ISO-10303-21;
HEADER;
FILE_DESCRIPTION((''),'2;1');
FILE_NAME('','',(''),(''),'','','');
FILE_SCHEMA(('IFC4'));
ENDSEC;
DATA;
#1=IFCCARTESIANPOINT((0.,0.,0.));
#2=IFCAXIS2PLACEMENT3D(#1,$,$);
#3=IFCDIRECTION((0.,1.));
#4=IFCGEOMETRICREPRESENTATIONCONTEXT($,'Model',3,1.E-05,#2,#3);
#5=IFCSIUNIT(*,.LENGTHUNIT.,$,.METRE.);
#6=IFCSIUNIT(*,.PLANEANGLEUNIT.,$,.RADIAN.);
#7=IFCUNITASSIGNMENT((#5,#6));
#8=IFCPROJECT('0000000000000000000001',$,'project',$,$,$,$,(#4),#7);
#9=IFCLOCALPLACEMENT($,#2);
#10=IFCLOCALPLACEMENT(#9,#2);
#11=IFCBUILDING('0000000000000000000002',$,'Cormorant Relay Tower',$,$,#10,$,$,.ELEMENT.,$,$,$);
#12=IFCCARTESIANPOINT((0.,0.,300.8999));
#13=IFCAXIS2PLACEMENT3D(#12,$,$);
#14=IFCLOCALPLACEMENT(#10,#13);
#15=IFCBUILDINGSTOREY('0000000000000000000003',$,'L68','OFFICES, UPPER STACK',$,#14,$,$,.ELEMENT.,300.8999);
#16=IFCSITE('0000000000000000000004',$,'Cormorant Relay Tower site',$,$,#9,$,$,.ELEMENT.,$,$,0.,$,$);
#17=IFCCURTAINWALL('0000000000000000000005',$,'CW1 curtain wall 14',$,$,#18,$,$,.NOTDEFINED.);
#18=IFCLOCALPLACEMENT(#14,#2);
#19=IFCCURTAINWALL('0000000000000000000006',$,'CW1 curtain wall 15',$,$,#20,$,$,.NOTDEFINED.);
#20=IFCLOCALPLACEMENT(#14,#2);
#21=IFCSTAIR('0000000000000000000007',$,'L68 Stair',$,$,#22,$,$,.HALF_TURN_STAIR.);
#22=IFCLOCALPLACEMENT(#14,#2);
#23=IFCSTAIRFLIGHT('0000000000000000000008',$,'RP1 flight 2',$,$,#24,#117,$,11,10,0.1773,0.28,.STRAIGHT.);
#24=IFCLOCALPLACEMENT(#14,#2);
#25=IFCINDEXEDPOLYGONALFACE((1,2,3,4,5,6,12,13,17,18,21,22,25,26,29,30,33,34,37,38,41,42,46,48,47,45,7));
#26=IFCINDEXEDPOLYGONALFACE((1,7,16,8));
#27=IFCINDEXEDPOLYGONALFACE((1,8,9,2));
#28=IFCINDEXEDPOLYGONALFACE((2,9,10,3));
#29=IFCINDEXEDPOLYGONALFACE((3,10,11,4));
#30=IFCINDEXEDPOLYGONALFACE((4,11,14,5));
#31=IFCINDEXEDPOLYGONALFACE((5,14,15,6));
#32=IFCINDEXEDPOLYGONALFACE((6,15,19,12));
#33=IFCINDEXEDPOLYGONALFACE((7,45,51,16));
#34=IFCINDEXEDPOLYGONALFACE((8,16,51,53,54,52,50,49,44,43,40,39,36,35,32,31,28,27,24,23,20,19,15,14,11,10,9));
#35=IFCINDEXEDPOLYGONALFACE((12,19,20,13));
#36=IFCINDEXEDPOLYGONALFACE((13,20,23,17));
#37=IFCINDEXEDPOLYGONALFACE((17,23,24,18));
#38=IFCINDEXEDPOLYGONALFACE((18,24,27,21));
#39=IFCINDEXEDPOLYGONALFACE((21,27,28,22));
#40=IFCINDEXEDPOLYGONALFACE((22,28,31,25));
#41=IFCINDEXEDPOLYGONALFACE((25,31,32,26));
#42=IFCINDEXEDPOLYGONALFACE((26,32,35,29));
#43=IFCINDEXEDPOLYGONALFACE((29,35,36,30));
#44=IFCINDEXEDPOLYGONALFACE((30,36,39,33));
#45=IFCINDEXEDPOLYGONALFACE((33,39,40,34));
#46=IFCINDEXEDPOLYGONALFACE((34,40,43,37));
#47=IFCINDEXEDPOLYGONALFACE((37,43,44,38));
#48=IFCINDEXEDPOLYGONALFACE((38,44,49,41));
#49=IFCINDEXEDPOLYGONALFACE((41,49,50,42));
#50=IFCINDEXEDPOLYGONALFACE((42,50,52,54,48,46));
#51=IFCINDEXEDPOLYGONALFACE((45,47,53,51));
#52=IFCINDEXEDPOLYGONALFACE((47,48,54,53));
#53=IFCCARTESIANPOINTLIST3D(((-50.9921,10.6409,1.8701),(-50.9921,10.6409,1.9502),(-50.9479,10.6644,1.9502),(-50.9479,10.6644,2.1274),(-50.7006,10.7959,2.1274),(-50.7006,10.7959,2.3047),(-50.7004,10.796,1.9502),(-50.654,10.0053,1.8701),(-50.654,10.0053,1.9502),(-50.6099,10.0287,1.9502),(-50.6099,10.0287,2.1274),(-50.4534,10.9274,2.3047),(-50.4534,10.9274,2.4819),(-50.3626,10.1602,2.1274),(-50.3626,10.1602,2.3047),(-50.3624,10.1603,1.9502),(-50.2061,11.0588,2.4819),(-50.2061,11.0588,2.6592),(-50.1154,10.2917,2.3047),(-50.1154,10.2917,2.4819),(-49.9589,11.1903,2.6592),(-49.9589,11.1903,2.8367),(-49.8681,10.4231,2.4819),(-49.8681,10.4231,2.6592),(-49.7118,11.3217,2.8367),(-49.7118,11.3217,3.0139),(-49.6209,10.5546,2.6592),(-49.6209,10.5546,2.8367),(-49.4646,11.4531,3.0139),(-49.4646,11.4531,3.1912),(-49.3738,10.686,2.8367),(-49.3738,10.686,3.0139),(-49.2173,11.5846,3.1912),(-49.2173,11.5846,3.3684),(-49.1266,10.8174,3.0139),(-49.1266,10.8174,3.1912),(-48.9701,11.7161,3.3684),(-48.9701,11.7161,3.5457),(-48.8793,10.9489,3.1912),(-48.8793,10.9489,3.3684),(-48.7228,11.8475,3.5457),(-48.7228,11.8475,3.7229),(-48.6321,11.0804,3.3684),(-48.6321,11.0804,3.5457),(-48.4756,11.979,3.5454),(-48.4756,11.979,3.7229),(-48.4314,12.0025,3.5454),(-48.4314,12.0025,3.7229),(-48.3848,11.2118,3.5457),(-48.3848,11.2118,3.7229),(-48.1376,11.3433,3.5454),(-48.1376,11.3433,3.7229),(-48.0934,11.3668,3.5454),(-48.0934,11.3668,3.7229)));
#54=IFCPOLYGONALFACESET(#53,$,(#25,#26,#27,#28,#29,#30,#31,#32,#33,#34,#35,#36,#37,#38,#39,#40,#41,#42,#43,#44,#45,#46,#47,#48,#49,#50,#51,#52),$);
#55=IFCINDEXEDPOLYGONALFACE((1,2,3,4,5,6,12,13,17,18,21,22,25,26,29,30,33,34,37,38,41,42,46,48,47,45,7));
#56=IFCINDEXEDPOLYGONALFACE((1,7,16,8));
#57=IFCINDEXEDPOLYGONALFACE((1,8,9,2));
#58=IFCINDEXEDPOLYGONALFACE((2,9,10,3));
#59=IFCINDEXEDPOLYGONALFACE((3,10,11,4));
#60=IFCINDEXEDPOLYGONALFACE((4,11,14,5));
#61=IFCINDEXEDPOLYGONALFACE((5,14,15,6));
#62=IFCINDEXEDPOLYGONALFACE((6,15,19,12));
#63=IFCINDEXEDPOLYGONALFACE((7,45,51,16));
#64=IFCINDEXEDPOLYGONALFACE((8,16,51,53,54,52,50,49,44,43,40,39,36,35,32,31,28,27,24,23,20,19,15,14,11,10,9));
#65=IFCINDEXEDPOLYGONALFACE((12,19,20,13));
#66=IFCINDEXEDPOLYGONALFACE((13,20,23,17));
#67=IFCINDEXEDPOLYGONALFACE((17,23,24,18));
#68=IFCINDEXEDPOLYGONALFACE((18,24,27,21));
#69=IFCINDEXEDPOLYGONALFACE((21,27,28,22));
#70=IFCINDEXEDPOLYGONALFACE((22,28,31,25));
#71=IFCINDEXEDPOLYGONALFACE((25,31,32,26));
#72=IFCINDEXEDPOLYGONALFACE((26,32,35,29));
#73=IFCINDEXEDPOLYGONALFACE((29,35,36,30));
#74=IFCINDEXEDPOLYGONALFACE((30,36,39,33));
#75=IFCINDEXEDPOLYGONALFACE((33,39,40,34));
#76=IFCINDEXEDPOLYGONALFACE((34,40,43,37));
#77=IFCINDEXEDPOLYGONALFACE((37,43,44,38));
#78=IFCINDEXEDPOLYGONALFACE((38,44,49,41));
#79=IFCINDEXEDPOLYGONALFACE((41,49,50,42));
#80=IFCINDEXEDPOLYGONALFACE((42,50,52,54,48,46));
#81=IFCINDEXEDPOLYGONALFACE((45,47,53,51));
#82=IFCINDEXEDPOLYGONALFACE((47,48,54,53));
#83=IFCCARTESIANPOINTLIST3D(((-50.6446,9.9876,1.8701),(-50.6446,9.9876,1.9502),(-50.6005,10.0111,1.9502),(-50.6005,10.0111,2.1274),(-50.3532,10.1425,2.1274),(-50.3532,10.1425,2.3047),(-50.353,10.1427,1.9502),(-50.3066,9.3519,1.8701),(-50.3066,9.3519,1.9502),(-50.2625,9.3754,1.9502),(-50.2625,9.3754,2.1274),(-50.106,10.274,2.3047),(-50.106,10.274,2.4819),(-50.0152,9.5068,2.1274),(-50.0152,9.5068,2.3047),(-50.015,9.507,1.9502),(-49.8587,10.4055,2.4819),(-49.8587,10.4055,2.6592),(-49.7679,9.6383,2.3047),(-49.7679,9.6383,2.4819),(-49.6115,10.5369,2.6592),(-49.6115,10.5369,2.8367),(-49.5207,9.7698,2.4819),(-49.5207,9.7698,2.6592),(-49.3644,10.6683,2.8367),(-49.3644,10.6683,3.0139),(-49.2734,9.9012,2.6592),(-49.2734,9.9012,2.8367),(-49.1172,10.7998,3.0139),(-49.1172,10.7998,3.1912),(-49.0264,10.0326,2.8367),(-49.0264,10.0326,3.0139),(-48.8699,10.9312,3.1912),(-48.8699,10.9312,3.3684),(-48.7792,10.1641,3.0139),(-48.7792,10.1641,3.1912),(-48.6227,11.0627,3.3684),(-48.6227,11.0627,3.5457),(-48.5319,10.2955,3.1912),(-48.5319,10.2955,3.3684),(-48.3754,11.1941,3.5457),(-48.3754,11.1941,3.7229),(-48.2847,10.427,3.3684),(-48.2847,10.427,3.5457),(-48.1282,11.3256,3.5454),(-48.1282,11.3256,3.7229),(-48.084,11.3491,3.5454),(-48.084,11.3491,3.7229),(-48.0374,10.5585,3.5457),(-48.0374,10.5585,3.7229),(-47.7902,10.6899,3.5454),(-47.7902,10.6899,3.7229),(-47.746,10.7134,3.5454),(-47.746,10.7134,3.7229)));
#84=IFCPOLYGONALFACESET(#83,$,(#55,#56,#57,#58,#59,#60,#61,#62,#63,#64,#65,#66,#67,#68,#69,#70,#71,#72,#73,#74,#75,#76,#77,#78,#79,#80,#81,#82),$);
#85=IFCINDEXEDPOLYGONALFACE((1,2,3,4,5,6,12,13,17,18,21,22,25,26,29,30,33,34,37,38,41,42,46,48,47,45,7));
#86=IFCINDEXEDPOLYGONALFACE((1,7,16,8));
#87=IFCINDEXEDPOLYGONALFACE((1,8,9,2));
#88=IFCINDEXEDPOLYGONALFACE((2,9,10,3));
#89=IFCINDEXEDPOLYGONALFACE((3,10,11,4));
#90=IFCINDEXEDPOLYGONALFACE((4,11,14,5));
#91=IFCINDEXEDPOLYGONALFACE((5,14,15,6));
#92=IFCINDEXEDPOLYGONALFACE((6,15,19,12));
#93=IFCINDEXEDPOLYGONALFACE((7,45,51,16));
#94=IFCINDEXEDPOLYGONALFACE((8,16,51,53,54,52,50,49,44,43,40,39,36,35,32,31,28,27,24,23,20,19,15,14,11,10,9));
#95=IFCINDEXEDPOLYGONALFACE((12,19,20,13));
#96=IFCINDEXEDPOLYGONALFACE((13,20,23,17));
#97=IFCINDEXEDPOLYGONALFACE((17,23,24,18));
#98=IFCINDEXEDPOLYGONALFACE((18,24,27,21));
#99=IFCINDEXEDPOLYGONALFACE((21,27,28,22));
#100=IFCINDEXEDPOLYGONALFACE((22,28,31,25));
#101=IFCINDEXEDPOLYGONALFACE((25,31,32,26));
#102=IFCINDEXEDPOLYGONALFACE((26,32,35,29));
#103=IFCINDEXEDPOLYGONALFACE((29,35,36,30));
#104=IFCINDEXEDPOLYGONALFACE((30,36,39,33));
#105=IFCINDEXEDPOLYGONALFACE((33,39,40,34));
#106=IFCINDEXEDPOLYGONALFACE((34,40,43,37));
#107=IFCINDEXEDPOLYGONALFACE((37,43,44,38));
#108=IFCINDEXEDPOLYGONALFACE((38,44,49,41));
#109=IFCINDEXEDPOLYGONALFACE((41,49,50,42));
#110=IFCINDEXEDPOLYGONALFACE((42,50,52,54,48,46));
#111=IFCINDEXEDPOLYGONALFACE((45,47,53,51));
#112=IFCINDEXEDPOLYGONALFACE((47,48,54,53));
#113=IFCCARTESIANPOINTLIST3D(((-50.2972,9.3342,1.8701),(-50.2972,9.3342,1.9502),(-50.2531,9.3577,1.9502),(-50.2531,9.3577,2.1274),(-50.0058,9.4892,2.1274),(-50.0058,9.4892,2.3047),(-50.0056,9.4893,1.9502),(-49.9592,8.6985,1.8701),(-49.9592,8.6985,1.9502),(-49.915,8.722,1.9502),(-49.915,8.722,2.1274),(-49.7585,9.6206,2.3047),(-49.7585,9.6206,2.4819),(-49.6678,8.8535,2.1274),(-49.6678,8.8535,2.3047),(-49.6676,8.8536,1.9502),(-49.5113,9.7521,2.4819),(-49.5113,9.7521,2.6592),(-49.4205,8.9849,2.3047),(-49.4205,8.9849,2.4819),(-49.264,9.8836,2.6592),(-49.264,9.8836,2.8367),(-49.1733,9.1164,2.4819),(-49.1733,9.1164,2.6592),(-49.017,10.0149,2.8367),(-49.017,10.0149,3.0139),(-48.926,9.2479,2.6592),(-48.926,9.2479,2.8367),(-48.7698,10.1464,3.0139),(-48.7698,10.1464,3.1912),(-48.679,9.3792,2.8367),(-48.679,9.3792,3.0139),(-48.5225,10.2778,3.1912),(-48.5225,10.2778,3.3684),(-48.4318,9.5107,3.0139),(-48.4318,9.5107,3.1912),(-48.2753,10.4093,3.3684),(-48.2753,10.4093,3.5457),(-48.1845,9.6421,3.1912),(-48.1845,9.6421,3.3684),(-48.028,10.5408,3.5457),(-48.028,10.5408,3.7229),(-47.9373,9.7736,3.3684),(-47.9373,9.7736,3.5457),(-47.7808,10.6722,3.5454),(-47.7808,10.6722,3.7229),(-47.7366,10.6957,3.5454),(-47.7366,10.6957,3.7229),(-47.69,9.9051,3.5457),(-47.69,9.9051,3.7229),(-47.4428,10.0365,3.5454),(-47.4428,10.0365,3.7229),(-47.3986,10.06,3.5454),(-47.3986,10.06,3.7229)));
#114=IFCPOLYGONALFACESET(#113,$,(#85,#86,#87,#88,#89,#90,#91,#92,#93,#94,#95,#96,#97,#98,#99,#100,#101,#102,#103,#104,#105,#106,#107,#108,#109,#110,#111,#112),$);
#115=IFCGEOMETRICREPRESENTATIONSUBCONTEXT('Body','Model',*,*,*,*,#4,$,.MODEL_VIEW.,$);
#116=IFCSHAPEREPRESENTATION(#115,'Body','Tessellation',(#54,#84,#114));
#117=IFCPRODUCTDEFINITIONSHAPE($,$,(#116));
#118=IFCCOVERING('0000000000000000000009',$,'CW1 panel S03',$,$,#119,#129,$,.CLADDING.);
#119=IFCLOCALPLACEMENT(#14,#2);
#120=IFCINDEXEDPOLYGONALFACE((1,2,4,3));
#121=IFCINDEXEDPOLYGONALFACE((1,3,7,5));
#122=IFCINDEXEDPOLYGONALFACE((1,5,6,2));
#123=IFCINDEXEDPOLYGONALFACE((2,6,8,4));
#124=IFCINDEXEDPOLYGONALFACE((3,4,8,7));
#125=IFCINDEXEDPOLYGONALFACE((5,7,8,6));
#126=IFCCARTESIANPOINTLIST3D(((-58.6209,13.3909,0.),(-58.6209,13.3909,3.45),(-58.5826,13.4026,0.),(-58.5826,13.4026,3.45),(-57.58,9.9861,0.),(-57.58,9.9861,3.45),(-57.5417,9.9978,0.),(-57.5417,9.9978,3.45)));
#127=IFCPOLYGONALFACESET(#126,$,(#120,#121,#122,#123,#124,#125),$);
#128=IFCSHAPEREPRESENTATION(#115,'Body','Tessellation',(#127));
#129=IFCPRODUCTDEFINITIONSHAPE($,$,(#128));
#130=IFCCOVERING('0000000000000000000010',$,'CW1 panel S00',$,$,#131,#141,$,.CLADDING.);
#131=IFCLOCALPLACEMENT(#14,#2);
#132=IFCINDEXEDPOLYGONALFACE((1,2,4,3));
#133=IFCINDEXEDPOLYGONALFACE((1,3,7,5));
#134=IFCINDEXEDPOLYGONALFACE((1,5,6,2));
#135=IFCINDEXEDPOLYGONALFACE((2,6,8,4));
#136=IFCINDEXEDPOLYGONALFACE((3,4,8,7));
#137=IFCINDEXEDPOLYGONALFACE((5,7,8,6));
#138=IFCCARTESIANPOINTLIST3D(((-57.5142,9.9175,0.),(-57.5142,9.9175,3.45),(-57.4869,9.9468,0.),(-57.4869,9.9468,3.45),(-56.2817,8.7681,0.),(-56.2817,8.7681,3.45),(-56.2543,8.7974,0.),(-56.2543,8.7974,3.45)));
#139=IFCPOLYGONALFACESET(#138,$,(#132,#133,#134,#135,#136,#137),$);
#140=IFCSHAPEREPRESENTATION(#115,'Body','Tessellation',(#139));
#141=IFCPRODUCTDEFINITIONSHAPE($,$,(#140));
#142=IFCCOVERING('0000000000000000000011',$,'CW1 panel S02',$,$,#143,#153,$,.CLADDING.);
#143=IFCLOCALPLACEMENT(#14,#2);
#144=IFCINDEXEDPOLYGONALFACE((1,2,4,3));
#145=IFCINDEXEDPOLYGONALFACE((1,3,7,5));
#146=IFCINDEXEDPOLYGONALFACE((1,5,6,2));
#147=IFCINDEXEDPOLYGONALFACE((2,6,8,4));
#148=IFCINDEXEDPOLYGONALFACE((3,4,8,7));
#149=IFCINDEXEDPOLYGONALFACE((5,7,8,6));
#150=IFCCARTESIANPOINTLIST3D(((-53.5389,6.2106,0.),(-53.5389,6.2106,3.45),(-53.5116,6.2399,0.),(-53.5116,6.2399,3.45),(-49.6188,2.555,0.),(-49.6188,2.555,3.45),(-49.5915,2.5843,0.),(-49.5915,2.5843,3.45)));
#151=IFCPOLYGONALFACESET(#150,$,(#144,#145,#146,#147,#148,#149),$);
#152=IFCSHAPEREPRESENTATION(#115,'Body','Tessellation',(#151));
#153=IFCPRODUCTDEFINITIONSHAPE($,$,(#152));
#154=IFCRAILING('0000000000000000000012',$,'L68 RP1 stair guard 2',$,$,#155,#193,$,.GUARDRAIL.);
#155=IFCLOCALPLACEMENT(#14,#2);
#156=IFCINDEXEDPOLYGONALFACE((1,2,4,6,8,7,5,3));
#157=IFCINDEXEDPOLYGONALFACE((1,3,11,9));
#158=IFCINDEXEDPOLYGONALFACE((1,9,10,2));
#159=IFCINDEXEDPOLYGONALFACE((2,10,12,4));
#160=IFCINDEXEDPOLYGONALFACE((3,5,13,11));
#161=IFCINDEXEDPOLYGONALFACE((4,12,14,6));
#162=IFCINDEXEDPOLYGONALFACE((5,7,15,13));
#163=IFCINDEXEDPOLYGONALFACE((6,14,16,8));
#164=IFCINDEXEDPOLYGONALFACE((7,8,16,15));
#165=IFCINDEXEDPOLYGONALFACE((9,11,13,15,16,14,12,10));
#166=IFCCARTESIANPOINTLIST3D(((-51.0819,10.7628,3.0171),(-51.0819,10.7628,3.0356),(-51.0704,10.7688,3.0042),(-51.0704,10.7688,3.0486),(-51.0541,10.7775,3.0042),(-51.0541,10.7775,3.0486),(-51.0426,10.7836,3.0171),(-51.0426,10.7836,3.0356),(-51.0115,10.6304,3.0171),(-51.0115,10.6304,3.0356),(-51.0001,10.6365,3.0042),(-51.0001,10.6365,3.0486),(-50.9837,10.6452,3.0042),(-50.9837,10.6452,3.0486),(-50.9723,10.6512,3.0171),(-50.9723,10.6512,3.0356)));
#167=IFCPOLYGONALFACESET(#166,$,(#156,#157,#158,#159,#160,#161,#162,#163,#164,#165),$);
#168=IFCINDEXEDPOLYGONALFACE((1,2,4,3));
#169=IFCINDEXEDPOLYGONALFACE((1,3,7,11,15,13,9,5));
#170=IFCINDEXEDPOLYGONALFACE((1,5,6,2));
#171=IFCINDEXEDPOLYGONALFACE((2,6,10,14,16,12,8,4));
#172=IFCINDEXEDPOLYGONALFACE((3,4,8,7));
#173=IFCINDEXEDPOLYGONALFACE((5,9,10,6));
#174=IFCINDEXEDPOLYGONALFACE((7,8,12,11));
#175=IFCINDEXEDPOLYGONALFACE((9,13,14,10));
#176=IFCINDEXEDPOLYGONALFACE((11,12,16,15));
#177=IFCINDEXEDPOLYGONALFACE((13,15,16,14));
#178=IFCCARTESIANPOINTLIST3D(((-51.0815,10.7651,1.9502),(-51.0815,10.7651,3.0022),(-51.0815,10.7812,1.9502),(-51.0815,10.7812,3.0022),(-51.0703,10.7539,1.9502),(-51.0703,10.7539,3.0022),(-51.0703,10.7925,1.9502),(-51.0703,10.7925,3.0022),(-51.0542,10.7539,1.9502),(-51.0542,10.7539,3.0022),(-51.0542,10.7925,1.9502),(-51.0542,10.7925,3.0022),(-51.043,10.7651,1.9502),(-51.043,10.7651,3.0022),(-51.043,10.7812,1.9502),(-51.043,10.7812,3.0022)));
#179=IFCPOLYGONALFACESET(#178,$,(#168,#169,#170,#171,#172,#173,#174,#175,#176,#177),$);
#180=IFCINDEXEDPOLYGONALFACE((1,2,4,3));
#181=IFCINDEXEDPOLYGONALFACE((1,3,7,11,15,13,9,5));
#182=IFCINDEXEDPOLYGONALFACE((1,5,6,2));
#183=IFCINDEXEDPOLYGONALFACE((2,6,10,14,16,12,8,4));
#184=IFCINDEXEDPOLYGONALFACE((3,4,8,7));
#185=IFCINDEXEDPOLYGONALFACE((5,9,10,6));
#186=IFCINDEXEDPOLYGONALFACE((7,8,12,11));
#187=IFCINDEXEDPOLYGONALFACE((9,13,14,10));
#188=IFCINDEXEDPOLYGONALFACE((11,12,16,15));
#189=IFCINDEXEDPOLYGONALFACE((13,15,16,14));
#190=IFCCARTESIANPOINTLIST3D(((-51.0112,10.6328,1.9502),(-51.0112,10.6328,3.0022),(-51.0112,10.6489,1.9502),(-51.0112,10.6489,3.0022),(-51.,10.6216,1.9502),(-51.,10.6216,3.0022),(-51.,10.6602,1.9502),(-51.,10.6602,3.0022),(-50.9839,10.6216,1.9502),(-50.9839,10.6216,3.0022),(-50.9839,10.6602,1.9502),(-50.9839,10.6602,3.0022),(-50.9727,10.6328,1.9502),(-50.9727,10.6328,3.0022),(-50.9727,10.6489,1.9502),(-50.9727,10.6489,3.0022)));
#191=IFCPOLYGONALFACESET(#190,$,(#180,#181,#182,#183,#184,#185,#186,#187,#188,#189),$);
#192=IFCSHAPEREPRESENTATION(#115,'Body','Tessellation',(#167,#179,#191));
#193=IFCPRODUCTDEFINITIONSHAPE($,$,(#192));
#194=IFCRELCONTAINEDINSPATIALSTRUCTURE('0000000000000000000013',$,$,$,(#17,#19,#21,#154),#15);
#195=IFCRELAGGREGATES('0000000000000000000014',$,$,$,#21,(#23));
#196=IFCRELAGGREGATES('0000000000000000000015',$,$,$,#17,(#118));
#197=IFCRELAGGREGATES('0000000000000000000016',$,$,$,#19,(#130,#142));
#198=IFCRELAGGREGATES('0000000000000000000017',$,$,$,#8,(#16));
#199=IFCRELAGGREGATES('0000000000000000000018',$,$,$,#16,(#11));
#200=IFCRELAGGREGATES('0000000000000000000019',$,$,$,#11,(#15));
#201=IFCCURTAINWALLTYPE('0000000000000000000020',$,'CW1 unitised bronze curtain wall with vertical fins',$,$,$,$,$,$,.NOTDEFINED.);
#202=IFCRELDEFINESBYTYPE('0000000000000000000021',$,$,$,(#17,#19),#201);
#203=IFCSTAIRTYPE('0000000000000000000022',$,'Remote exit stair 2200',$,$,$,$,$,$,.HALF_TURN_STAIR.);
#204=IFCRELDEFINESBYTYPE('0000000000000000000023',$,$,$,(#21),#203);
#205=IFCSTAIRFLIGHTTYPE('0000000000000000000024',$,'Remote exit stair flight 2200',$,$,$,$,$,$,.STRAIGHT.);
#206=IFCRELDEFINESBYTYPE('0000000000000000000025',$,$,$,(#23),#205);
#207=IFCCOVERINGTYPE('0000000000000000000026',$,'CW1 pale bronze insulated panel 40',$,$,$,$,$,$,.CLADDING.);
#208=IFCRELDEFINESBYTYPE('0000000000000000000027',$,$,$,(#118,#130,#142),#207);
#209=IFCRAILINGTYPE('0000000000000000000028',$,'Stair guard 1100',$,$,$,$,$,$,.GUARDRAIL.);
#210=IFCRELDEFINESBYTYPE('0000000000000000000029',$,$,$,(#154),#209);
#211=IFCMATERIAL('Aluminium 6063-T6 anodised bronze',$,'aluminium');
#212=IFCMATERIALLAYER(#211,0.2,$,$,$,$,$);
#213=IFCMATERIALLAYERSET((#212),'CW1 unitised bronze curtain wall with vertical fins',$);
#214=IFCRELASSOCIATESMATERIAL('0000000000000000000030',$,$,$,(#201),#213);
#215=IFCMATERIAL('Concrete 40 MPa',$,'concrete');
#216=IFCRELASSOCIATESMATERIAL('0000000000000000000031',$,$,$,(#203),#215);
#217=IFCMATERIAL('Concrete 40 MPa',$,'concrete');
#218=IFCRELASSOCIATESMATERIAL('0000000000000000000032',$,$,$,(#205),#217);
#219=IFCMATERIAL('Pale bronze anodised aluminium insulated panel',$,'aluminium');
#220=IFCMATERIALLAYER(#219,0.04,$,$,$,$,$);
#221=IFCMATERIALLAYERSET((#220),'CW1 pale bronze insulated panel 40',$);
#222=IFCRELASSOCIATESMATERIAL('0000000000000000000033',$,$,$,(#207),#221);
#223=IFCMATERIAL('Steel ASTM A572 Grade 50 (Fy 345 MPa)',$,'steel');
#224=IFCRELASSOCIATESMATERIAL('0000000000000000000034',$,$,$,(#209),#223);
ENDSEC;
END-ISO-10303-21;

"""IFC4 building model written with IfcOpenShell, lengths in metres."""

from ifc_helpers import new_model, si_unit, direction, frame, origin, origin_2d, place, context, subcontext, project, spatial, polyline, rectangle, outline, extrude, material, layer, layer_set, type_object, element, aggregate, save


model = new_model("IFC4")

# Units and contexts
model_context = context("Model", 3, precision=1e-05, world=origin(), true_north=direction((0.0, 1.0)))
body_context = subcontext(model_context, "Body", "Model", "MODEL_VIEW")
ifc_project = project(units=[si_unit("LENGTHUNIT", "METRE"), si_unit("PLANEANGLEUNIT", "RADIAN")], contexts=[model_context])

# Site, building, storey
site_placement = place(None, origin())
site = spatial("IfcSite", under=ifc_project, at=site_placement, Name="Cormorant Relay Tower site", CompositionType="ELEMENT", RefElevation=0.0)
building_placement = place(site_placement, origin())
building = spatial("IfcBuilding", under=site, at=building_placement, Name="Cormorant Relay Tower", CompositionType="ELEMENT")
storey_placement = place(building_placement, frame((0.0, 0.0, 300.8999)))
storey = spatial("IfcBuildingStorey", under=building, at=storey_placement, Name="L68", Description="OFFICES, UPPER STACK", CompositionType="ELEMENT", Elevation=300.8999)

# Curtain wall
ifc_material_1 = material(Name="Aluminium 6063-T6 anodised bronze", Category="aluminium")
ifc_layer_1 = layer(ifc_material_1, 0.2)
ifc_layer_set_1 = layer_set([ifc_layer_1], Name="CW1 unitised bronze curtain wall with vertical fins")
curtain_wall_type = type_object("IfcCurtainWallType", Name="CW1 unitised bronze curtain wall with vertical fins", PredefinedType="NOTDEFINED", material=ifc_layer_set_1)
curtain_wall_1_placement = place(storey_placement, origin())
curtain_wall_1 = element("IfcCurtainWall", 1, at=curtain_wall_1_placement, inside=storey, type_object=curtain_wall_type, Name="CW1 curtain wall 14", PredefinedType="NOTDEFINED")

# Curtain wall
curtain_wall_2_placement = place(storey_placement, origin())
curtain_wall_2 = element("IfcCurtainWall", 2, at=curtain_wall_2_placement, inside=storey, type_object=curtain_wall_type, Name="CW1 curtain wall 15", PredefinedType="NOTDEFINED")

# Stair, stair flight
ifc_material_2 = material(Name="Concrete 40 MPa", Category="concrete")
stair_type = type_object("IfcStairType", Name="Remote exit stair 2200", PredefinedType="HALF_TURN_STAIR", material=ifc_material_2)
stair_placement = place(storey_placement, origin())
stair = element("IfcStair", 3, at=stair_placement, inside=storey, type_object=stair_type, Name="L68 Stair", PredefinedType="HALF_TURN_STAIR")
ifc_material_3 = material(Name="Concrete 40 MPa", Category="concrete")
stair_flight_type = type_object("IfcStairFlightType", Name="Remote exit stair flight 2200", PredefinedType="STRAIGHT", material=ifc_material_3)
stair_flight_1_placement = place(storey_placement, frame((-50.4314, 9.6931, 1.9502), z_axis=(0.0, 0.0, 1.0), x_axis=(0.882948, 0.469472, 0.0)))
stair_flight_1 = element("IfcStairFlight", 4, at=stair_flight_1_placement, type_object=stair_flight_type, Name="RP1 flight 2", NumberOfRisers=11, NumberOfTreads=10, PredefinedType="STRAIGHT", RiserHeight=0.1773, TreadLength=0.28, context=body_context, shape_type="SweptSolid", body=[
    extrude(outline(polyline([(-0.05, -0.0801), (-0.05, 0.0), (0.0, 0.0), (0.0, 0.1772), (0.28, 0.1772), (0.28, 0.3545), (0.5601, 0.3545), (0.5601, 0.5317), (0.8401, 0.5317), (0.8401, 0.709), (1.1201, 0.709), (1.1201, 0.8865), (1.3999, 0.8865), (1.3999, 1.0637), (1.6799, 1.0637), (1.6799, 1.241), (1.96, 1.241), (1.96, 1.4182), (2.24, 1.4182), (2.24, 1.5955), (2.52, 1.5955), (2.52, 1.7727), (2.8, 1.7727), (2.8501, 1.7727), (2.8501, 1.5952), (2.8, 1.5952), (0.2803, 0.0), (-0.05, -0.0801)])), frame((0.0, 1.1001, 0.0), z_axis=(0.0, -1.0, 0.0), x_axis=(1.0, 0.0, 0.0)), (0.0, 0.0, 1.0), 0.72),
    extrude(outline(polyline([(-0.05, -0.0801), (-0.05, 0.0), (0.0, 0.0), (0.0, 0.1772), (0.28, 0.1772), (0.28, 0.3545), (0.5601, 0.3545), (0.5601, 0.5317), (0.8401, 0.5317), (0.8401, 0.709), (1.1201, 0.709), (1.1201, 0.8865), (1.3999, 0.8865), (1.3999, 1.0637), (1.6799, 1.0637), (1.6799, 1.241), (1.96, 1.241), (1.96, 1.4182), (2.24, 1.4182), (2.24, 1.5955), (2.52, 1.5955), (2.52, 1.7727), (2.8, 1.7727), (2.8501, 1.7727), (2.8501, 1.5952), (2.8, 1.5952), (0.2803, 0.0), (-0.05, -0.0801)])), frame((0.0, 0.3601, 0.0), z_axis=(0.0, -1.0, 0.0), x_axis=(1.0, 0.0, 0.0)), (0.0, 0.0, 1.0), 0.72),
    extrude(outline(polyline([(-0.05, -0.0801), (-0.05, 0.0), (0.0, 0.0), (0.0, 0.1772), (0.28, 0.1772), (0.28, 0.3545), (0.5601, 0.3545), (0.5601, 0.5317), (0.8401, 0.5317), (0.8401, 0.709), (1.1201, 0.709), (1.1201, 0.8865), (1.3999, 0.8865), (1.3999, 1.0637), (1.6799, 1.0637), (1.6799, 1.241), (1.96, 1.241), (1.96, 1.4182), (2.24, 1.4182), (2.24, 1.5955), (2.52, 1.5955), (2.52, 1.7727), (2.8, 1.7727), (2.8501, 1.7727), (2.8501, 1.5952), (2.8, 1.5952), (0.2803, 0.0), (-0.05, -0.0801)])), frame((0.0, -0.3799, 0.0), z_axis=(0.0, -1.0, 0.0), x_axis=(1.0, 0.0, 0.0)), (0.0, 0.0, 1.0), 0.72),
])
aggregate(stair, [stair_flight_1])

# Coverings
ifc_material_4 = material(Name="Pale bronze anodised aluminium insulated panel", Category="aluminium")
ifc_layer_2 = layer(ifc_material_4, 0.04)
ifc_layer_set_2 = layer_set([ifc_layer_2], Name="CW1 pale bronze insulated panel 40")
covering_type = type_object("IfcCoveringType", Name="CW1 pale bronze insulated panel 40", PredefinedType="CLADDING", material=ifc_layer_set_2)
covering_1_placement = place(storey_placement, frame((-58.0813, 11.6943, 0.0), z_axis=(0.0, 0.0, 1.0), x_axis=(0.292372, -0.956305, 0.0)))
covering_1 = element("IfcCovering", 5, at=covering_1_placement, type_object=covering_type, Name="CW1 panel S03", PredefinedType="CLADDING", context=body_context, shape_type="SweptSolid", body=[
    extrude(rectangle(XDim=3.5603, YDim=0.04, at=origin_2d()), origin(), (0.0, 0.0, 1.0), 3.45),
])
aggregate(curtain_wall_1, [covering_1])
covering_2_placement = place(storey_placement, frame((-56.8843, 9.3574, 0.0), z_axis=(0.0, 0.0, 1.0), x_axis=(0.731354, -0.681998, 0.0)))
covering_2 = element("IfcCovering", 6, at=covering_2_placement, type_object=covering_type, Name="CW1 panel S00", PredefinedType="CLADDING", context=body_context, shape_type="SweptSolid", body=[
    extrude(rectangle(XDim=1.6853, YDim=0.04, at=origin_2d()), origin(), (0.0, 0.0, 1.0), 3.45),
])
covering_3_placement = place(storey_placement, frame((-51.5652, 4.3975, 0.0), z_axis=(0.0, 0.0, 1.0), x_axis=(0.731354, -0.681998, 0.0)))
covering_3 = element("IfcCovering", 7, at=covering_3_placement, type_object=covering_type, Name="CW1 panel S02", PredefinedType="CLADDING", context=body_context, shape_type="SweptSolid", body=[
    extrude(rectangle(XDim=5.3601, YDim=0.04, at=origin_2d()), origin(), (0.0, 0.0, 1.0), 3.45),
])
aggregate(curtain_wall_2, [covering_2, covering_3])

# Railing
ifc_material_5 = material(Name="Steel ASTM A572 Grade 50 (Fy 345 MPa)", Category="steel")
railing_type_1 = type_object("IfcRailingType", Name="Stair guard 1100", PredefinedType="GUARDRAIL", material=ifc_material_5)
railing_1_placement = place(storey_placement, frame((-51.0623, 10.7732, 1.9502)))
element("IfcRailing", 8, at=railing_1_placement, inside=storey, type_object=railing_type_1, Name="L68 RP1 stair guard 2", PredefinedType="GUARDRAIL", context=body_context, shape_type="SweptSolid", body=[
    extrude(outline(polyline([(0.0222, 0.0093), (0.0093, 0.0222), (-0.0093, 0.0222), (-0.0222, 0.0093), (-0.0222, -0.0093), (-0.0093, -0.0222), (0.0093, -0.0222), (0.0222, -0.0093), (0.0222, 0.0093)])), frame((0.0, 0.0, 1.0762), z_axis=(0.469235, -0.883074, 0.0), x_axis=(0.883074, 0.469235, 0.0)), (0.0, 0.0, 1.0), 0.1499),
    extrude(outline(polyline([(0.0193, 0.0081), (0.0081, 0.0193), (-0.0081, 0.0193), (-0.0193, 0.0081), (-0.0193, -0.0081), (-0.0081, -0.0193), (0.0081, -0.0193), (0.0193, -0.0081), (0.0193, 0.0081)])), origin(), (0.0, 0.0, 1.0), 1.052),
    extrude(outline(polyline([(0.0193, 0.0081), (0.0081, 0.0193), (-0.0081, 0.0193), (-0.0193, 0.0081), (-0.0193, -0.0081), (-0.0081, -0.0193), (0.0081, -0.0193), (0.0193, -0.0081), (0.0193, 0.0081)])), frame((0.0703, -0.1323, 0.0)), (0.0, 0.0, 1.0), 1.052),
])

save(model, "model.ifc")
